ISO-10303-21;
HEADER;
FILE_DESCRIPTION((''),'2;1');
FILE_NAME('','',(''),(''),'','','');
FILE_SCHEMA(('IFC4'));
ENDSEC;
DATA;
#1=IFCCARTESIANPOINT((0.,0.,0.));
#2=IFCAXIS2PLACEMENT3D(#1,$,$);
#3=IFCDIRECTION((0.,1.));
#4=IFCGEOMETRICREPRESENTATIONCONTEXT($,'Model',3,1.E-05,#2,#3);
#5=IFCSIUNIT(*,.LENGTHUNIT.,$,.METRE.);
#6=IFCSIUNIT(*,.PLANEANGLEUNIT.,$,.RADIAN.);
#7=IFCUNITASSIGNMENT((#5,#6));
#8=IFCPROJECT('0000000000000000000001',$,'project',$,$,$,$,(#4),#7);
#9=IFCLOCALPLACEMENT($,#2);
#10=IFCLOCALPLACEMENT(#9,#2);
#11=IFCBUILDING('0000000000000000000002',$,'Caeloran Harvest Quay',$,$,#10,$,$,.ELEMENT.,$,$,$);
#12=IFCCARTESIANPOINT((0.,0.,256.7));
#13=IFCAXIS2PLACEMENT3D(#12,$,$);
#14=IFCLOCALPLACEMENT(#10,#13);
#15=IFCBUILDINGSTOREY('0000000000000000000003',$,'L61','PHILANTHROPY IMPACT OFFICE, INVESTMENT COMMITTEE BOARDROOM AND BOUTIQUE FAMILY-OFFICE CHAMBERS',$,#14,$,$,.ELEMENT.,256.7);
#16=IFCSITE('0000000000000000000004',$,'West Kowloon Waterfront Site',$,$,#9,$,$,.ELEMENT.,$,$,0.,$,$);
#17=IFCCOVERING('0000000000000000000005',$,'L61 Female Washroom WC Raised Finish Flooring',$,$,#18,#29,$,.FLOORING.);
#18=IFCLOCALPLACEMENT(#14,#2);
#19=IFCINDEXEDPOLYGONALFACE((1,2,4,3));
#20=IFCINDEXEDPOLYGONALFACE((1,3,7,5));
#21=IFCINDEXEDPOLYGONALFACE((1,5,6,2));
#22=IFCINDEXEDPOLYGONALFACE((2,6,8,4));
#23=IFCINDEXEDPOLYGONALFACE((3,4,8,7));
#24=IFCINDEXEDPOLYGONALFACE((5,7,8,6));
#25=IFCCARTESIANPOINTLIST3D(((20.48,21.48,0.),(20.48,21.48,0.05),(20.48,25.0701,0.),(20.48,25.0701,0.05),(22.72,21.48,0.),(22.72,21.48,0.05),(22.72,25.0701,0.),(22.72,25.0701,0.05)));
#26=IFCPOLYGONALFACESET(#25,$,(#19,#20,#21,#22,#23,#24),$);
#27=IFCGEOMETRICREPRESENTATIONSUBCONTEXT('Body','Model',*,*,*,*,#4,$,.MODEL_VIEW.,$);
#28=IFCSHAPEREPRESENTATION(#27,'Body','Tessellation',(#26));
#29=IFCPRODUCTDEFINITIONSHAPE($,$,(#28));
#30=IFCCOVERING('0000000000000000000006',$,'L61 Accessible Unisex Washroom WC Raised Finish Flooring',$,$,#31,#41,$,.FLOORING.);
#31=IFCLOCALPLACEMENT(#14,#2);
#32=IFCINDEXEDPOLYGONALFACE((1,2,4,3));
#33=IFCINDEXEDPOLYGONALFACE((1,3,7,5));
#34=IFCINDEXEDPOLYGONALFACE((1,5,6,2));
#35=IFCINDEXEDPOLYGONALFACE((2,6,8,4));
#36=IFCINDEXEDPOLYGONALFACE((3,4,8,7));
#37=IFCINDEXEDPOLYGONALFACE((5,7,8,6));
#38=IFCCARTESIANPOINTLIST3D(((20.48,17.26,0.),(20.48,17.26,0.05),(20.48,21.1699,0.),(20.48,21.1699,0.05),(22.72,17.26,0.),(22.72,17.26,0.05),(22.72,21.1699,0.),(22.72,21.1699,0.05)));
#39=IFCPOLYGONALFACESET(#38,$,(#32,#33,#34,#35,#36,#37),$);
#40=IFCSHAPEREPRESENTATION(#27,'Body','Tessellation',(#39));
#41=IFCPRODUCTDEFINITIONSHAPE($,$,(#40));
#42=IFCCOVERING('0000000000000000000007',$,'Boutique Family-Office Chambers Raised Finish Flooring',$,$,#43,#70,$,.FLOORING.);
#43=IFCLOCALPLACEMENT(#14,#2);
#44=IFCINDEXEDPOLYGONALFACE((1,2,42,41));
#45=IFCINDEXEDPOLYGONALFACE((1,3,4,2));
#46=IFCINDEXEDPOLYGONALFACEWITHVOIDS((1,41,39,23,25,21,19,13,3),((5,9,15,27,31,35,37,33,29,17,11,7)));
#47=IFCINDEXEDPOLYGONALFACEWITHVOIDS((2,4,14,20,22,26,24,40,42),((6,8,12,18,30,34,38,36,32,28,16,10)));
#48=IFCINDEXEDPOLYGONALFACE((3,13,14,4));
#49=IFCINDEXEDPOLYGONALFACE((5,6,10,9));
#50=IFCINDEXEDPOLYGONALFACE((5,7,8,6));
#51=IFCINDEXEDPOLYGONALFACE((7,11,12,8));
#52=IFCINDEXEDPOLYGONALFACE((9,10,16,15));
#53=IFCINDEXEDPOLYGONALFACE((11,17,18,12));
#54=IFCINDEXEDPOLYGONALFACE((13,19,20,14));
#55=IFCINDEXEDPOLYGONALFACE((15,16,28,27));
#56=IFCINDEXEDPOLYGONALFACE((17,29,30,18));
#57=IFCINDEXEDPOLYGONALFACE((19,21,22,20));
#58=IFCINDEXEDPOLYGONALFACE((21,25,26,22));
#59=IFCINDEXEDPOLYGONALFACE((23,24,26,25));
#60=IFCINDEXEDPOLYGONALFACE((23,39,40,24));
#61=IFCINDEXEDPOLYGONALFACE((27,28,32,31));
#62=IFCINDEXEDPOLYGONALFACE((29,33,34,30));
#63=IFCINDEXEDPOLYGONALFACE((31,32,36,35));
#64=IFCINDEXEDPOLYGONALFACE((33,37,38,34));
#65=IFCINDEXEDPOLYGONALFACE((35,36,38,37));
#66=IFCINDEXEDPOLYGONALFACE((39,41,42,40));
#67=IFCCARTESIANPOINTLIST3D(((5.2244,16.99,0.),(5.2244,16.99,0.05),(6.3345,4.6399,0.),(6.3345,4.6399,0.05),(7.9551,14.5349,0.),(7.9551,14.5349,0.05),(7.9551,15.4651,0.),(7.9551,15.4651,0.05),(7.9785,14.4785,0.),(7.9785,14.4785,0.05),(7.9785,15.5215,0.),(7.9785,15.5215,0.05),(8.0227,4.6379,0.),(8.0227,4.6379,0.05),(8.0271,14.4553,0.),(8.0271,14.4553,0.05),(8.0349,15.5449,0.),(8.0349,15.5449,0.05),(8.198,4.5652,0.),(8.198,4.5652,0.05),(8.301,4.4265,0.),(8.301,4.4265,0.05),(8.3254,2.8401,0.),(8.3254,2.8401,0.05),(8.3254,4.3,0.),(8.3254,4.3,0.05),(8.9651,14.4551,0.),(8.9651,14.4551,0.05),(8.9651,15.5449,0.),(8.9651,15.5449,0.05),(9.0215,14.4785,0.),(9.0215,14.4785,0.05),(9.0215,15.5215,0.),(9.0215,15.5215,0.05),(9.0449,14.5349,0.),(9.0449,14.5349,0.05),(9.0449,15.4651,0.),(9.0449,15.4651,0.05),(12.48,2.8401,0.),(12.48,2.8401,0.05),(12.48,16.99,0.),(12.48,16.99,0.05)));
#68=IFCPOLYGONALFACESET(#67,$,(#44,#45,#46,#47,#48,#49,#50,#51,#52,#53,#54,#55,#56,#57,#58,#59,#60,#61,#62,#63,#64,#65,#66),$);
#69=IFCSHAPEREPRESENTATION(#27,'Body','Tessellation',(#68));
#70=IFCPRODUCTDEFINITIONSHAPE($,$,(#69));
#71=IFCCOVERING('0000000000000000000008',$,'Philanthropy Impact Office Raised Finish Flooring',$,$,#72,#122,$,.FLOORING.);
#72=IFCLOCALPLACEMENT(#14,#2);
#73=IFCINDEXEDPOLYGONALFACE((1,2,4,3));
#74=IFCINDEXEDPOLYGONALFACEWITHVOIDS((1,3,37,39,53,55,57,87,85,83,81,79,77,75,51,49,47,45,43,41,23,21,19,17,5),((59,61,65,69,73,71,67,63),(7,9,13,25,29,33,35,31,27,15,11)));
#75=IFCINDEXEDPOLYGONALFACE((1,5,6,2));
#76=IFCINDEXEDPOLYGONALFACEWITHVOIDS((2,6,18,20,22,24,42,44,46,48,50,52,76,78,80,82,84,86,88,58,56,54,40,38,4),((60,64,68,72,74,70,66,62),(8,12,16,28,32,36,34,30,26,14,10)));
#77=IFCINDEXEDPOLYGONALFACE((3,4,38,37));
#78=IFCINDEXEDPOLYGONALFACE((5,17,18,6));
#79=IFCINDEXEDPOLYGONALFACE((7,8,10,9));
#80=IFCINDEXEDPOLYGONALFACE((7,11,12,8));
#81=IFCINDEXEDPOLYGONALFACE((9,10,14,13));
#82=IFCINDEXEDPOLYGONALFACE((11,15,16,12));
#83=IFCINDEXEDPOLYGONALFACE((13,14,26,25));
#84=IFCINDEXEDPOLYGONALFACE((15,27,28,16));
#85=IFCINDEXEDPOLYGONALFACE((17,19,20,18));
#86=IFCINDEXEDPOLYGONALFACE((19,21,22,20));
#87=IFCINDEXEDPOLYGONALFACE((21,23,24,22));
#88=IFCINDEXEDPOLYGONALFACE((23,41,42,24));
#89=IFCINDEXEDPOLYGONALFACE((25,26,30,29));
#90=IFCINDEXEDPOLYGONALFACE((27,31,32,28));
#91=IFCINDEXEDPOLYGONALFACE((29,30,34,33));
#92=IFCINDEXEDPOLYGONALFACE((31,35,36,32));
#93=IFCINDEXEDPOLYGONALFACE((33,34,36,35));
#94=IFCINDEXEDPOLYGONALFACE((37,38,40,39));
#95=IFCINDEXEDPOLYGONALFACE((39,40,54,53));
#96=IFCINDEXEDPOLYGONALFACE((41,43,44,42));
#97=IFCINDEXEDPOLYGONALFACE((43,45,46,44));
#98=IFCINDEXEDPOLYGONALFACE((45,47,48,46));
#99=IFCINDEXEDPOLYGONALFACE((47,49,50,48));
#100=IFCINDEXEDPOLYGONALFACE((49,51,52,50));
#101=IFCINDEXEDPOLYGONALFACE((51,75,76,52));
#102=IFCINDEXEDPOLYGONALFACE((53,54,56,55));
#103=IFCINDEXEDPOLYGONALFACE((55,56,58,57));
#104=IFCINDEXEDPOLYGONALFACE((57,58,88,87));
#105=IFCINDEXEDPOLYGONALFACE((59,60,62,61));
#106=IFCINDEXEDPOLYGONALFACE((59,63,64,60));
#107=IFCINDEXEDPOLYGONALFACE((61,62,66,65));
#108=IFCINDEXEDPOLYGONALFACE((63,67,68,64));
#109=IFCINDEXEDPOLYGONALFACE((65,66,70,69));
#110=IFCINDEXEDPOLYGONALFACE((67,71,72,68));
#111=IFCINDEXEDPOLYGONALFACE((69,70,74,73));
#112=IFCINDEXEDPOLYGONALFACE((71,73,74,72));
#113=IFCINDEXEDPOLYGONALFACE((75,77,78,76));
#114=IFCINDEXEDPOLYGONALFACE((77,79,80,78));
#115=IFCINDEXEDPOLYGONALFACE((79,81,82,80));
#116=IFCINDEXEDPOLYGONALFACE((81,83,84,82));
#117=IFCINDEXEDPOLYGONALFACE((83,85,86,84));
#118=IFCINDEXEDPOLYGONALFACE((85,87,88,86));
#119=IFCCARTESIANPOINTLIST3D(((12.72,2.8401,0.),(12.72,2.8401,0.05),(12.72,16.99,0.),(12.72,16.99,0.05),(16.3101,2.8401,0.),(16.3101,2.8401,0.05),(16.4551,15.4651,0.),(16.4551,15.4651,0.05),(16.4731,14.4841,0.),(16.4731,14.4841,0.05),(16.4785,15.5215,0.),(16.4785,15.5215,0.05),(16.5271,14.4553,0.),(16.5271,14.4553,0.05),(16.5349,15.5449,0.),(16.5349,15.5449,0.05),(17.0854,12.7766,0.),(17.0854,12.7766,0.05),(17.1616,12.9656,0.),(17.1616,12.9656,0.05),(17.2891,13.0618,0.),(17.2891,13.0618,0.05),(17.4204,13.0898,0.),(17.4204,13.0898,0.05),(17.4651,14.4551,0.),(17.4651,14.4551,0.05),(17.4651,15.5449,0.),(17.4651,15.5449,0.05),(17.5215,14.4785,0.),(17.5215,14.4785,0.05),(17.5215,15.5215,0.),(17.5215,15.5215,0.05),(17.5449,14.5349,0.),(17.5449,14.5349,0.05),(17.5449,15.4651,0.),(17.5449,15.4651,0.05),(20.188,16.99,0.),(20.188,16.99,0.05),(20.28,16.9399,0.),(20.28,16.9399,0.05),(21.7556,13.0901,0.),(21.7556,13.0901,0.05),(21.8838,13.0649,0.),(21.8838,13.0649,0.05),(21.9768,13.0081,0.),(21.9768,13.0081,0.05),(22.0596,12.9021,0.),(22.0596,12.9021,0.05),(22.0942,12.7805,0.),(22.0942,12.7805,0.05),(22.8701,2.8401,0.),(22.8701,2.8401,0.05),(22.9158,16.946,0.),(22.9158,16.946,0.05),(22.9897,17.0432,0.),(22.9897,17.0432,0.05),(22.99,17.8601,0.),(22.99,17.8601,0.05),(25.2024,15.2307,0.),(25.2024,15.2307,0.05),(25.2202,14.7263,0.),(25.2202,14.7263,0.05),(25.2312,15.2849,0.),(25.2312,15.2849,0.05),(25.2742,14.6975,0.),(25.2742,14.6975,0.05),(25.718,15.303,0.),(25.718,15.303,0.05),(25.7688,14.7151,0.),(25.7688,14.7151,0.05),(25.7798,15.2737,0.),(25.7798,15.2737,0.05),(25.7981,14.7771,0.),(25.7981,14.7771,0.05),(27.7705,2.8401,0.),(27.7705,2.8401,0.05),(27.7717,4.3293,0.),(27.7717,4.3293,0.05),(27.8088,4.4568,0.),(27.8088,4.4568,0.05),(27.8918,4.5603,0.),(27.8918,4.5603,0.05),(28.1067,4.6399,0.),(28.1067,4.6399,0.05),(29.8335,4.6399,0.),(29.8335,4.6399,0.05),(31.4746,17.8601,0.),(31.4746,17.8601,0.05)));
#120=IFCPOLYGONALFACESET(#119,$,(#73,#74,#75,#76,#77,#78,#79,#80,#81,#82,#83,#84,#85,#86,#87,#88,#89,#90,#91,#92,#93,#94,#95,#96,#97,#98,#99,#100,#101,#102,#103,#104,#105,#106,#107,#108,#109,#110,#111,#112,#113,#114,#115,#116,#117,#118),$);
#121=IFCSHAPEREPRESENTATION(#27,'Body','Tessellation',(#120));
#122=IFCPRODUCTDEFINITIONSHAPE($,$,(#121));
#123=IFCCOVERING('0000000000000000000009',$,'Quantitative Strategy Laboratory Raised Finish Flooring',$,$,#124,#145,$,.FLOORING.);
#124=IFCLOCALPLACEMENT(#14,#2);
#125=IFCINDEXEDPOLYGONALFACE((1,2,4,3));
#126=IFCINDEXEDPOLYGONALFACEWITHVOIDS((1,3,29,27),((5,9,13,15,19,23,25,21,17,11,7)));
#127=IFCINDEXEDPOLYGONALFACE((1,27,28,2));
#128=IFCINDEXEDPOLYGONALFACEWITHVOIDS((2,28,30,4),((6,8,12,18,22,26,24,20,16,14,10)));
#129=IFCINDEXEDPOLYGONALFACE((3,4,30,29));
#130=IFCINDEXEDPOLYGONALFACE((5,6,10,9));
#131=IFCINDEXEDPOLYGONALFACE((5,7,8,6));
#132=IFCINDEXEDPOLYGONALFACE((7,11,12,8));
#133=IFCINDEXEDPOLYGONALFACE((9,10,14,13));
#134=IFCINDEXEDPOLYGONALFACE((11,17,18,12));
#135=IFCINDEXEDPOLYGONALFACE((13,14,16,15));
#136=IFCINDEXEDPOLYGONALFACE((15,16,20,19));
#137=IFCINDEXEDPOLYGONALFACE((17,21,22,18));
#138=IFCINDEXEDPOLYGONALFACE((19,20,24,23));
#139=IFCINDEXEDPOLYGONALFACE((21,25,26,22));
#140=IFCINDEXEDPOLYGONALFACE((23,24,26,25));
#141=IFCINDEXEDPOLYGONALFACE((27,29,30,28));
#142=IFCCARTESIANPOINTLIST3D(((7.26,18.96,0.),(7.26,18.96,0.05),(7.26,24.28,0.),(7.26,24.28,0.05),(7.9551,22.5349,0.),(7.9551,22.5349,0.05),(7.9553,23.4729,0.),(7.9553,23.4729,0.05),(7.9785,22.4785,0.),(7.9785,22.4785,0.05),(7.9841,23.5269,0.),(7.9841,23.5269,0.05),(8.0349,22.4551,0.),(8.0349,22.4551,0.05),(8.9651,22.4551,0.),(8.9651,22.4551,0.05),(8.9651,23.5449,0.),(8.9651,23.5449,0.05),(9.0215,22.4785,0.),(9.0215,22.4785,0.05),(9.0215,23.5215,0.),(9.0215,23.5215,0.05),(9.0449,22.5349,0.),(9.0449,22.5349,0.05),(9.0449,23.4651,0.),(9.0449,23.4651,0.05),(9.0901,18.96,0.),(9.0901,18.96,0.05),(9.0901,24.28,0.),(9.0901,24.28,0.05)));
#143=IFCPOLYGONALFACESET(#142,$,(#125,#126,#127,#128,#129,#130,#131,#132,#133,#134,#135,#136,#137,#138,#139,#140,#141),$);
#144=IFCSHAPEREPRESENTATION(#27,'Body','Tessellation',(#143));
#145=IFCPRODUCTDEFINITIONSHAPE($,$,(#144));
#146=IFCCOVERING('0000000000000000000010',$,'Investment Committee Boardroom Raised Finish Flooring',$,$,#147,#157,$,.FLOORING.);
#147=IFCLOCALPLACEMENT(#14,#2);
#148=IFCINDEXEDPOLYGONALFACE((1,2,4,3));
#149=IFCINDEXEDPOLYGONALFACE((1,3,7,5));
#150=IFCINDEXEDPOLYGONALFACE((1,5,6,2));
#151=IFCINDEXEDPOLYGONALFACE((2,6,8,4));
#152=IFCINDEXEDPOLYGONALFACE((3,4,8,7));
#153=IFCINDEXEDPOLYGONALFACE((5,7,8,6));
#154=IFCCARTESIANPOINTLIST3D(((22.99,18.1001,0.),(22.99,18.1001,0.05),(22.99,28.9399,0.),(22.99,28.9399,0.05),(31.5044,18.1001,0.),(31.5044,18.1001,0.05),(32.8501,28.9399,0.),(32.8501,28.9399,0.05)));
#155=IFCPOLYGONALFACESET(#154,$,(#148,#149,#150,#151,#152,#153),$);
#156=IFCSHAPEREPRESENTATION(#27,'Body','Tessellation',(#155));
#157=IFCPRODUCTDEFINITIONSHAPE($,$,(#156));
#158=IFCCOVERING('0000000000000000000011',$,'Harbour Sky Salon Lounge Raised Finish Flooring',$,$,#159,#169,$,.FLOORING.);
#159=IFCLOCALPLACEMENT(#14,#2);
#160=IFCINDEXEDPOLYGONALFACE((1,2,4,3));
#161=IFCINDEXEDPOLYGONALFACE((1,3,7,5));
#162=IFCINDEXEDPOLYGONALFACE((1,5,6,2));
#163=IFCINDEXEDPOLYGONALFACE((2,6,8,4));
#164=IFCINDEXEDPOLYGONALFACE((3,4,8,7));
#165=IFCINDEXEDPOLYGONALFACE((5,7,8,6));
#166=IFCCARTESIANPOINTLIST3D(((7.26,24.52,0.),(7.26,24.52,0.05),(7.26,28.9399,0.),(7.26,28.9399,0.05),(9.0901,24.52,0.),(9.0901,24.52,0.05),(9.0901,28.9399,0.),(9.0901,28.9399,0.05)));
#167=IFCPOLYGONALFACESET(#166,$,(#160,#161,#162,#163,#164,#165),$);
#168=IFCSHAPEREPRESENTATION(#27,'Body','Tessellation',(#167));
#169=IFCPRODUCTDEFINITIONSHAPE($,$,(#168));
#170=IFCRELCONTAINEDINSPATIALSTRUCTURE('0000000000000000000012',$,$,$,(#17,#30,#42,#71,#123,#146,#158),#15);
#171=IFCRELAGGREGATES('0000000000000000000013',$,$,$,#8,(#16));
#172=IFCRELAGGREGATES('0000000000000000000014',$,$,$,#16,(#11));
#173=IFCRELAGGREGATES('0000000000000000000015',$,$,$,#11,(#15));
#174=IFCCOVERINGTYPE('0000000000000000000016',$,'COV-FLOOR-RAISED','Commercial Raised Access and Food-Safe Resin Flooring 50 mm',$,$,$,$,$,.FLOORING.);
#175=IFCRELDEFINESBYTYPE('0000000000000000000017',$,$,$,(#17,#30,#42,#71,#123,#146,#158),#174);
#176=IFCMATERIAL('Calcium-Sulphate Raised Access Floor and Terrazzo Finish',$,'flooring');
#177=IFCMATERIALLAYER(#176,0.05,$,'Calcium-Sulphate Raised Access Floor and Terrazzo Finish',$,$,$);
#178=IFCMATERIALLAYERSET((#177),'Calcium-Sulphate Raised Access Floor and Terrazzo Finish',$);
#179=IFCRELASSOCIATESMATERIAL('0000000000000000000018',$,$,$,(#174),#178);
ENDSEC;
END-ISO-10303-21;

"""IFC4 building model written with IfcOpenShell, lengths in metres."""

from ifc_helpers import new_model, si_unit, direction, frame, origin, place, context, subcontext, project, spatial, polyline, outline, extrude, material, layer, layer_set, type_object, element, save


model = new_model("IFC4")

# Units and contexts
model_context = context("Model", 3, precision=1e-05, world=origin(), true_north=direction((0.0, 1.0)))
body_context = subcontext(model_context, "Body", "Model", "MODEL_VIEW")
ifc_project = project(units=[si_unit("LENGTHUNIT", "METRE"), si_unit("PLANEANGLEUNIT", "RADIAN")], contexts=[model_context])

# Site, building, storey
site_placement = place(None, origin())
site = spatial("IfcSite", under=ifc_project, at=site_placement, Name="West Kowloon Waterfront Site", CompositionType="ELEMENT", RefElevation=0.0)
building_placement = place(site_placement, origin())
building = spatial("IfcBuilding", under=site, at=building_placement, Name="Caeloran Harvest Quay", CompositionType="ELEMENT")
storey_placement = place(building_placement, frame((0.0, 0.0, 256.7)))
storey = spatial("IfcBuildingStorey", under=building, at=storey_placement, Name="L61", Description="PHILANTHROPY IMPACT OFFICE, INVESTMENT COMMITTEE BOARDROOM AND BOUTIQUE FAMILY-OFFICE CHAMBERS", CompositionType="ELEMENT", Elevation=256.7)

# Coverings
ifc_material_1 = material(Name="Calcium-Sulphate Raised Access Floor and Terrazzo Finish", Category="flooring")
ifc_layer_1 = layer(ifc_material_1, 0.05, Name="Calcium-Sulphate Raised Access Floor and Terrazzo Finish")
ifc_layer_set_1 = layer_set([ifc_layer_1], Name="Calcium-Sulphate Raised Access Floor and Terrazzo Finish")
covering_type_1 = type_object("IfcCoveringType", Name="COV-FLOOR-RAISED", Description="Commercial Raised Access and Food-Safe Resin Flooring 50 mm", PredefinedType="FLOORING", material=ifc_layer_set_1)
covering_1_placement = place(storey_placement, origin())
element("IfcCovering", 1, at=covering_1_placement, inside=storey, type_object=covering_type_1, Name="L61 Female Washroom WC Raised Finish Flooring", PredefinedType="FLOORING", context=body_context, shape_type="SweptSolid", body=[
    extrude(outline(polyline([(22.72, 25.0701), (22.72, 21.48), (20.48, 21.48), (20.48, 25.0701), (22.72, 25.0701)])), origin(), (0.0, 0.0, 1.0), 0.05),
])
covering_2_placement = place(storey_placement, origin())
element("IfcCovering", 2, at=covering_2_placement, inside=storey, type_object=covering_type_1, Name="L61 Accessible Unisex Washroom WC Raised Finish Flooring", PredefinedType="FLOORING", context=body_context, shape_type="SweptSolid", body=[
    extrude(outline(polyline([(22.72, 21.1699), (22.72, 17.26), (20.48, 17.26), (20.48, 21.1699), (22.72, 21.1699)])), origin(), (0.0, 0.0, 1.0), 0.05),
])
covering_3_placement = place(storey_placement, origin())
element("IfcCovering", 3, at=covering_3_placement, inside=storey, type_object=covering_type_1, Name="Boutique Family-Office Chambers Raised Finish Flooring", PredefinedType="FLOORING", context=body_context, shape_type="SweptSolid", body=[
    extrude(outline(polyline([(8.301, 4.4265), (8.198, 4.5652), (8.0227, 4.6379), (6.3345, 4.6399), (5.2244, 16.99), (12.48, 16.99), (12.48, 2.8401), (8.3254, 2.8401), (8.3254, 4.3), (8.301, 4.4265)]), holes=[polyline([(7.9551, 14.5349), (7.9785, 14.4785), (8.0271, 14.4553), (8.9651, 14.4551), (9.0215, 14.4785), (9.0449, 14.5349), (9.0449, 15.4651), (9.0215, 15.5215), (8.9651, 15.5449), (8.0349, 15.5449), (7.9785, 15.5215), (7.9551, 15.4651), (7.9551, 14.5349)])]), origin(), (0.0, 0.0, 1.0), 0.05),
])
covering_4_placement = place(storey_placement, origin())
element("IfcCovering", 4, at=covering_4_placement, inside=storey, type_object=covering_type_1, Name="Philanthropy Impact Office Raised Finish Flooring", PredefinedType="FLOORING", context=body_context, shape_type="SweptSolid", body=[
    extrude(outline(polyline([(20.188, 16.99), (20.28, 16.9399), (22.9158, 16.946), (22.9897, 17.0432), (22.99, 17.8601), (31.4746, 17.8601), (29.8335, 4.6399), (28.1067, 4.6399), (27.8918, 4.5603), (27.8088, 4.4568), (27.7717, 4.3293), (27.7705, 2.8401), (22.8701, 2.8401), (22.0942, 12.7805), (22.0596, 12.9021), (21.9768, 13.0081), (21.8838, 13.0649), (21.7556, 13.0901), (17.4204, 13.0898), (17.2891, 13.0618), (17.1616, 12.9656), (17.0854, 12.7766), (16.3101, 2.8401), (12.72, 2.8401), (12.72, 16.99), (20.188, 16.99)]), holes=[polyline([(25.2024, 15.2307), (25.2202, 14.7263), (25.2742, 14.6975), (25.7688, 14.7151), (25.7981, 14.7771), (25.7798, 15.2737), (25.718, 15.303), (25.2312, 15.2849), (25.2024, 15.2307)]), polyline([(16.4551, 15.4651), (16.4731, 14.4841), (16.5271, 14.4553), (17.4651, 14.4551), (17.5215, 14.4785), (17.5449, 14.5349), (17.5449, 15.4651), (17.5215, 15.5215), (17.4651, 15.5449), (16.5349, 15.5449), (16.4785, 15.5215), (16.4551, 15.4651)])]), origin(), (0.0, 0.0, 1.0), 0.05),
])
covering_5_placement = place(storey_placement, origin())
element("IfcCovering", 5, at=covering_5_placement, inside=storey, type_object=covering_type_1, Name="Quantitative Strategy Laboratory Raised Finish Flooring", PredefinedType="FLOORING", context=body_context, shape_type="SweptSolid", body=[
    extrude(outline(polyline([(9.0901, 18.96), (7.26, 18.96), (7.26, 24.28), (9.0901, 24.28), (9.0901, 18.96)]), holes=[polyline([(8.9651, 23.5449), (7.9841, 23.5269), (7.9553, 23.4729), (7.9551, 22.5349), (7.9785, 22.4785), (8.0349, 22.4551), (8.9651, 22.4551), (9.0215, 22.4785), (9.0449, 22.5349), (9.0449, 23.4651), (9.0215, 23.5215), (8.9651, 23.5449)])]), origin(), (0.0, 0.0, 1.0), 0.05),
])
covering_6_placement = place(storey_placement, origin())
element("IfcCovering", 6, at=covering_6_placement, inside=storey, type_object=covering_type_1, Name="Investment Committee Boardroom Raised Finish Flooring", PredefinedType="FLOORING", context=body_context, shape_type="SweptSolid", body=[
    extrude(outline(polyline([(32.8501, 28.9399), (31.5044, 18.1001), (22.99, 18.1001), (22.99, 28.9399), (32.8501, 28.9399)])), origin(), (0.0, 0.0, 1.0), 0.05),
])
covering_7_placement = place(storey_placement, origin())
element("IfcCovering", 7, at=covering_7_placement, inside=storey, type_object=covering_type_1, Name="Harbour Sky Salon Lounge Raised Finish Flooring", PredefinedType="FLOORING", context=body_context, shape_type="SweptSolid", body=[
    extrude(outline(polyline([(7.26, 24.52), (7.26, 28.9399), (9.0901, 28.9399), (9.0901, 24.52), (7.26, 24.52)])), origin(), (0.0, 0.0, 1.0), 0.05),
])

save(model, "model.ifc")
